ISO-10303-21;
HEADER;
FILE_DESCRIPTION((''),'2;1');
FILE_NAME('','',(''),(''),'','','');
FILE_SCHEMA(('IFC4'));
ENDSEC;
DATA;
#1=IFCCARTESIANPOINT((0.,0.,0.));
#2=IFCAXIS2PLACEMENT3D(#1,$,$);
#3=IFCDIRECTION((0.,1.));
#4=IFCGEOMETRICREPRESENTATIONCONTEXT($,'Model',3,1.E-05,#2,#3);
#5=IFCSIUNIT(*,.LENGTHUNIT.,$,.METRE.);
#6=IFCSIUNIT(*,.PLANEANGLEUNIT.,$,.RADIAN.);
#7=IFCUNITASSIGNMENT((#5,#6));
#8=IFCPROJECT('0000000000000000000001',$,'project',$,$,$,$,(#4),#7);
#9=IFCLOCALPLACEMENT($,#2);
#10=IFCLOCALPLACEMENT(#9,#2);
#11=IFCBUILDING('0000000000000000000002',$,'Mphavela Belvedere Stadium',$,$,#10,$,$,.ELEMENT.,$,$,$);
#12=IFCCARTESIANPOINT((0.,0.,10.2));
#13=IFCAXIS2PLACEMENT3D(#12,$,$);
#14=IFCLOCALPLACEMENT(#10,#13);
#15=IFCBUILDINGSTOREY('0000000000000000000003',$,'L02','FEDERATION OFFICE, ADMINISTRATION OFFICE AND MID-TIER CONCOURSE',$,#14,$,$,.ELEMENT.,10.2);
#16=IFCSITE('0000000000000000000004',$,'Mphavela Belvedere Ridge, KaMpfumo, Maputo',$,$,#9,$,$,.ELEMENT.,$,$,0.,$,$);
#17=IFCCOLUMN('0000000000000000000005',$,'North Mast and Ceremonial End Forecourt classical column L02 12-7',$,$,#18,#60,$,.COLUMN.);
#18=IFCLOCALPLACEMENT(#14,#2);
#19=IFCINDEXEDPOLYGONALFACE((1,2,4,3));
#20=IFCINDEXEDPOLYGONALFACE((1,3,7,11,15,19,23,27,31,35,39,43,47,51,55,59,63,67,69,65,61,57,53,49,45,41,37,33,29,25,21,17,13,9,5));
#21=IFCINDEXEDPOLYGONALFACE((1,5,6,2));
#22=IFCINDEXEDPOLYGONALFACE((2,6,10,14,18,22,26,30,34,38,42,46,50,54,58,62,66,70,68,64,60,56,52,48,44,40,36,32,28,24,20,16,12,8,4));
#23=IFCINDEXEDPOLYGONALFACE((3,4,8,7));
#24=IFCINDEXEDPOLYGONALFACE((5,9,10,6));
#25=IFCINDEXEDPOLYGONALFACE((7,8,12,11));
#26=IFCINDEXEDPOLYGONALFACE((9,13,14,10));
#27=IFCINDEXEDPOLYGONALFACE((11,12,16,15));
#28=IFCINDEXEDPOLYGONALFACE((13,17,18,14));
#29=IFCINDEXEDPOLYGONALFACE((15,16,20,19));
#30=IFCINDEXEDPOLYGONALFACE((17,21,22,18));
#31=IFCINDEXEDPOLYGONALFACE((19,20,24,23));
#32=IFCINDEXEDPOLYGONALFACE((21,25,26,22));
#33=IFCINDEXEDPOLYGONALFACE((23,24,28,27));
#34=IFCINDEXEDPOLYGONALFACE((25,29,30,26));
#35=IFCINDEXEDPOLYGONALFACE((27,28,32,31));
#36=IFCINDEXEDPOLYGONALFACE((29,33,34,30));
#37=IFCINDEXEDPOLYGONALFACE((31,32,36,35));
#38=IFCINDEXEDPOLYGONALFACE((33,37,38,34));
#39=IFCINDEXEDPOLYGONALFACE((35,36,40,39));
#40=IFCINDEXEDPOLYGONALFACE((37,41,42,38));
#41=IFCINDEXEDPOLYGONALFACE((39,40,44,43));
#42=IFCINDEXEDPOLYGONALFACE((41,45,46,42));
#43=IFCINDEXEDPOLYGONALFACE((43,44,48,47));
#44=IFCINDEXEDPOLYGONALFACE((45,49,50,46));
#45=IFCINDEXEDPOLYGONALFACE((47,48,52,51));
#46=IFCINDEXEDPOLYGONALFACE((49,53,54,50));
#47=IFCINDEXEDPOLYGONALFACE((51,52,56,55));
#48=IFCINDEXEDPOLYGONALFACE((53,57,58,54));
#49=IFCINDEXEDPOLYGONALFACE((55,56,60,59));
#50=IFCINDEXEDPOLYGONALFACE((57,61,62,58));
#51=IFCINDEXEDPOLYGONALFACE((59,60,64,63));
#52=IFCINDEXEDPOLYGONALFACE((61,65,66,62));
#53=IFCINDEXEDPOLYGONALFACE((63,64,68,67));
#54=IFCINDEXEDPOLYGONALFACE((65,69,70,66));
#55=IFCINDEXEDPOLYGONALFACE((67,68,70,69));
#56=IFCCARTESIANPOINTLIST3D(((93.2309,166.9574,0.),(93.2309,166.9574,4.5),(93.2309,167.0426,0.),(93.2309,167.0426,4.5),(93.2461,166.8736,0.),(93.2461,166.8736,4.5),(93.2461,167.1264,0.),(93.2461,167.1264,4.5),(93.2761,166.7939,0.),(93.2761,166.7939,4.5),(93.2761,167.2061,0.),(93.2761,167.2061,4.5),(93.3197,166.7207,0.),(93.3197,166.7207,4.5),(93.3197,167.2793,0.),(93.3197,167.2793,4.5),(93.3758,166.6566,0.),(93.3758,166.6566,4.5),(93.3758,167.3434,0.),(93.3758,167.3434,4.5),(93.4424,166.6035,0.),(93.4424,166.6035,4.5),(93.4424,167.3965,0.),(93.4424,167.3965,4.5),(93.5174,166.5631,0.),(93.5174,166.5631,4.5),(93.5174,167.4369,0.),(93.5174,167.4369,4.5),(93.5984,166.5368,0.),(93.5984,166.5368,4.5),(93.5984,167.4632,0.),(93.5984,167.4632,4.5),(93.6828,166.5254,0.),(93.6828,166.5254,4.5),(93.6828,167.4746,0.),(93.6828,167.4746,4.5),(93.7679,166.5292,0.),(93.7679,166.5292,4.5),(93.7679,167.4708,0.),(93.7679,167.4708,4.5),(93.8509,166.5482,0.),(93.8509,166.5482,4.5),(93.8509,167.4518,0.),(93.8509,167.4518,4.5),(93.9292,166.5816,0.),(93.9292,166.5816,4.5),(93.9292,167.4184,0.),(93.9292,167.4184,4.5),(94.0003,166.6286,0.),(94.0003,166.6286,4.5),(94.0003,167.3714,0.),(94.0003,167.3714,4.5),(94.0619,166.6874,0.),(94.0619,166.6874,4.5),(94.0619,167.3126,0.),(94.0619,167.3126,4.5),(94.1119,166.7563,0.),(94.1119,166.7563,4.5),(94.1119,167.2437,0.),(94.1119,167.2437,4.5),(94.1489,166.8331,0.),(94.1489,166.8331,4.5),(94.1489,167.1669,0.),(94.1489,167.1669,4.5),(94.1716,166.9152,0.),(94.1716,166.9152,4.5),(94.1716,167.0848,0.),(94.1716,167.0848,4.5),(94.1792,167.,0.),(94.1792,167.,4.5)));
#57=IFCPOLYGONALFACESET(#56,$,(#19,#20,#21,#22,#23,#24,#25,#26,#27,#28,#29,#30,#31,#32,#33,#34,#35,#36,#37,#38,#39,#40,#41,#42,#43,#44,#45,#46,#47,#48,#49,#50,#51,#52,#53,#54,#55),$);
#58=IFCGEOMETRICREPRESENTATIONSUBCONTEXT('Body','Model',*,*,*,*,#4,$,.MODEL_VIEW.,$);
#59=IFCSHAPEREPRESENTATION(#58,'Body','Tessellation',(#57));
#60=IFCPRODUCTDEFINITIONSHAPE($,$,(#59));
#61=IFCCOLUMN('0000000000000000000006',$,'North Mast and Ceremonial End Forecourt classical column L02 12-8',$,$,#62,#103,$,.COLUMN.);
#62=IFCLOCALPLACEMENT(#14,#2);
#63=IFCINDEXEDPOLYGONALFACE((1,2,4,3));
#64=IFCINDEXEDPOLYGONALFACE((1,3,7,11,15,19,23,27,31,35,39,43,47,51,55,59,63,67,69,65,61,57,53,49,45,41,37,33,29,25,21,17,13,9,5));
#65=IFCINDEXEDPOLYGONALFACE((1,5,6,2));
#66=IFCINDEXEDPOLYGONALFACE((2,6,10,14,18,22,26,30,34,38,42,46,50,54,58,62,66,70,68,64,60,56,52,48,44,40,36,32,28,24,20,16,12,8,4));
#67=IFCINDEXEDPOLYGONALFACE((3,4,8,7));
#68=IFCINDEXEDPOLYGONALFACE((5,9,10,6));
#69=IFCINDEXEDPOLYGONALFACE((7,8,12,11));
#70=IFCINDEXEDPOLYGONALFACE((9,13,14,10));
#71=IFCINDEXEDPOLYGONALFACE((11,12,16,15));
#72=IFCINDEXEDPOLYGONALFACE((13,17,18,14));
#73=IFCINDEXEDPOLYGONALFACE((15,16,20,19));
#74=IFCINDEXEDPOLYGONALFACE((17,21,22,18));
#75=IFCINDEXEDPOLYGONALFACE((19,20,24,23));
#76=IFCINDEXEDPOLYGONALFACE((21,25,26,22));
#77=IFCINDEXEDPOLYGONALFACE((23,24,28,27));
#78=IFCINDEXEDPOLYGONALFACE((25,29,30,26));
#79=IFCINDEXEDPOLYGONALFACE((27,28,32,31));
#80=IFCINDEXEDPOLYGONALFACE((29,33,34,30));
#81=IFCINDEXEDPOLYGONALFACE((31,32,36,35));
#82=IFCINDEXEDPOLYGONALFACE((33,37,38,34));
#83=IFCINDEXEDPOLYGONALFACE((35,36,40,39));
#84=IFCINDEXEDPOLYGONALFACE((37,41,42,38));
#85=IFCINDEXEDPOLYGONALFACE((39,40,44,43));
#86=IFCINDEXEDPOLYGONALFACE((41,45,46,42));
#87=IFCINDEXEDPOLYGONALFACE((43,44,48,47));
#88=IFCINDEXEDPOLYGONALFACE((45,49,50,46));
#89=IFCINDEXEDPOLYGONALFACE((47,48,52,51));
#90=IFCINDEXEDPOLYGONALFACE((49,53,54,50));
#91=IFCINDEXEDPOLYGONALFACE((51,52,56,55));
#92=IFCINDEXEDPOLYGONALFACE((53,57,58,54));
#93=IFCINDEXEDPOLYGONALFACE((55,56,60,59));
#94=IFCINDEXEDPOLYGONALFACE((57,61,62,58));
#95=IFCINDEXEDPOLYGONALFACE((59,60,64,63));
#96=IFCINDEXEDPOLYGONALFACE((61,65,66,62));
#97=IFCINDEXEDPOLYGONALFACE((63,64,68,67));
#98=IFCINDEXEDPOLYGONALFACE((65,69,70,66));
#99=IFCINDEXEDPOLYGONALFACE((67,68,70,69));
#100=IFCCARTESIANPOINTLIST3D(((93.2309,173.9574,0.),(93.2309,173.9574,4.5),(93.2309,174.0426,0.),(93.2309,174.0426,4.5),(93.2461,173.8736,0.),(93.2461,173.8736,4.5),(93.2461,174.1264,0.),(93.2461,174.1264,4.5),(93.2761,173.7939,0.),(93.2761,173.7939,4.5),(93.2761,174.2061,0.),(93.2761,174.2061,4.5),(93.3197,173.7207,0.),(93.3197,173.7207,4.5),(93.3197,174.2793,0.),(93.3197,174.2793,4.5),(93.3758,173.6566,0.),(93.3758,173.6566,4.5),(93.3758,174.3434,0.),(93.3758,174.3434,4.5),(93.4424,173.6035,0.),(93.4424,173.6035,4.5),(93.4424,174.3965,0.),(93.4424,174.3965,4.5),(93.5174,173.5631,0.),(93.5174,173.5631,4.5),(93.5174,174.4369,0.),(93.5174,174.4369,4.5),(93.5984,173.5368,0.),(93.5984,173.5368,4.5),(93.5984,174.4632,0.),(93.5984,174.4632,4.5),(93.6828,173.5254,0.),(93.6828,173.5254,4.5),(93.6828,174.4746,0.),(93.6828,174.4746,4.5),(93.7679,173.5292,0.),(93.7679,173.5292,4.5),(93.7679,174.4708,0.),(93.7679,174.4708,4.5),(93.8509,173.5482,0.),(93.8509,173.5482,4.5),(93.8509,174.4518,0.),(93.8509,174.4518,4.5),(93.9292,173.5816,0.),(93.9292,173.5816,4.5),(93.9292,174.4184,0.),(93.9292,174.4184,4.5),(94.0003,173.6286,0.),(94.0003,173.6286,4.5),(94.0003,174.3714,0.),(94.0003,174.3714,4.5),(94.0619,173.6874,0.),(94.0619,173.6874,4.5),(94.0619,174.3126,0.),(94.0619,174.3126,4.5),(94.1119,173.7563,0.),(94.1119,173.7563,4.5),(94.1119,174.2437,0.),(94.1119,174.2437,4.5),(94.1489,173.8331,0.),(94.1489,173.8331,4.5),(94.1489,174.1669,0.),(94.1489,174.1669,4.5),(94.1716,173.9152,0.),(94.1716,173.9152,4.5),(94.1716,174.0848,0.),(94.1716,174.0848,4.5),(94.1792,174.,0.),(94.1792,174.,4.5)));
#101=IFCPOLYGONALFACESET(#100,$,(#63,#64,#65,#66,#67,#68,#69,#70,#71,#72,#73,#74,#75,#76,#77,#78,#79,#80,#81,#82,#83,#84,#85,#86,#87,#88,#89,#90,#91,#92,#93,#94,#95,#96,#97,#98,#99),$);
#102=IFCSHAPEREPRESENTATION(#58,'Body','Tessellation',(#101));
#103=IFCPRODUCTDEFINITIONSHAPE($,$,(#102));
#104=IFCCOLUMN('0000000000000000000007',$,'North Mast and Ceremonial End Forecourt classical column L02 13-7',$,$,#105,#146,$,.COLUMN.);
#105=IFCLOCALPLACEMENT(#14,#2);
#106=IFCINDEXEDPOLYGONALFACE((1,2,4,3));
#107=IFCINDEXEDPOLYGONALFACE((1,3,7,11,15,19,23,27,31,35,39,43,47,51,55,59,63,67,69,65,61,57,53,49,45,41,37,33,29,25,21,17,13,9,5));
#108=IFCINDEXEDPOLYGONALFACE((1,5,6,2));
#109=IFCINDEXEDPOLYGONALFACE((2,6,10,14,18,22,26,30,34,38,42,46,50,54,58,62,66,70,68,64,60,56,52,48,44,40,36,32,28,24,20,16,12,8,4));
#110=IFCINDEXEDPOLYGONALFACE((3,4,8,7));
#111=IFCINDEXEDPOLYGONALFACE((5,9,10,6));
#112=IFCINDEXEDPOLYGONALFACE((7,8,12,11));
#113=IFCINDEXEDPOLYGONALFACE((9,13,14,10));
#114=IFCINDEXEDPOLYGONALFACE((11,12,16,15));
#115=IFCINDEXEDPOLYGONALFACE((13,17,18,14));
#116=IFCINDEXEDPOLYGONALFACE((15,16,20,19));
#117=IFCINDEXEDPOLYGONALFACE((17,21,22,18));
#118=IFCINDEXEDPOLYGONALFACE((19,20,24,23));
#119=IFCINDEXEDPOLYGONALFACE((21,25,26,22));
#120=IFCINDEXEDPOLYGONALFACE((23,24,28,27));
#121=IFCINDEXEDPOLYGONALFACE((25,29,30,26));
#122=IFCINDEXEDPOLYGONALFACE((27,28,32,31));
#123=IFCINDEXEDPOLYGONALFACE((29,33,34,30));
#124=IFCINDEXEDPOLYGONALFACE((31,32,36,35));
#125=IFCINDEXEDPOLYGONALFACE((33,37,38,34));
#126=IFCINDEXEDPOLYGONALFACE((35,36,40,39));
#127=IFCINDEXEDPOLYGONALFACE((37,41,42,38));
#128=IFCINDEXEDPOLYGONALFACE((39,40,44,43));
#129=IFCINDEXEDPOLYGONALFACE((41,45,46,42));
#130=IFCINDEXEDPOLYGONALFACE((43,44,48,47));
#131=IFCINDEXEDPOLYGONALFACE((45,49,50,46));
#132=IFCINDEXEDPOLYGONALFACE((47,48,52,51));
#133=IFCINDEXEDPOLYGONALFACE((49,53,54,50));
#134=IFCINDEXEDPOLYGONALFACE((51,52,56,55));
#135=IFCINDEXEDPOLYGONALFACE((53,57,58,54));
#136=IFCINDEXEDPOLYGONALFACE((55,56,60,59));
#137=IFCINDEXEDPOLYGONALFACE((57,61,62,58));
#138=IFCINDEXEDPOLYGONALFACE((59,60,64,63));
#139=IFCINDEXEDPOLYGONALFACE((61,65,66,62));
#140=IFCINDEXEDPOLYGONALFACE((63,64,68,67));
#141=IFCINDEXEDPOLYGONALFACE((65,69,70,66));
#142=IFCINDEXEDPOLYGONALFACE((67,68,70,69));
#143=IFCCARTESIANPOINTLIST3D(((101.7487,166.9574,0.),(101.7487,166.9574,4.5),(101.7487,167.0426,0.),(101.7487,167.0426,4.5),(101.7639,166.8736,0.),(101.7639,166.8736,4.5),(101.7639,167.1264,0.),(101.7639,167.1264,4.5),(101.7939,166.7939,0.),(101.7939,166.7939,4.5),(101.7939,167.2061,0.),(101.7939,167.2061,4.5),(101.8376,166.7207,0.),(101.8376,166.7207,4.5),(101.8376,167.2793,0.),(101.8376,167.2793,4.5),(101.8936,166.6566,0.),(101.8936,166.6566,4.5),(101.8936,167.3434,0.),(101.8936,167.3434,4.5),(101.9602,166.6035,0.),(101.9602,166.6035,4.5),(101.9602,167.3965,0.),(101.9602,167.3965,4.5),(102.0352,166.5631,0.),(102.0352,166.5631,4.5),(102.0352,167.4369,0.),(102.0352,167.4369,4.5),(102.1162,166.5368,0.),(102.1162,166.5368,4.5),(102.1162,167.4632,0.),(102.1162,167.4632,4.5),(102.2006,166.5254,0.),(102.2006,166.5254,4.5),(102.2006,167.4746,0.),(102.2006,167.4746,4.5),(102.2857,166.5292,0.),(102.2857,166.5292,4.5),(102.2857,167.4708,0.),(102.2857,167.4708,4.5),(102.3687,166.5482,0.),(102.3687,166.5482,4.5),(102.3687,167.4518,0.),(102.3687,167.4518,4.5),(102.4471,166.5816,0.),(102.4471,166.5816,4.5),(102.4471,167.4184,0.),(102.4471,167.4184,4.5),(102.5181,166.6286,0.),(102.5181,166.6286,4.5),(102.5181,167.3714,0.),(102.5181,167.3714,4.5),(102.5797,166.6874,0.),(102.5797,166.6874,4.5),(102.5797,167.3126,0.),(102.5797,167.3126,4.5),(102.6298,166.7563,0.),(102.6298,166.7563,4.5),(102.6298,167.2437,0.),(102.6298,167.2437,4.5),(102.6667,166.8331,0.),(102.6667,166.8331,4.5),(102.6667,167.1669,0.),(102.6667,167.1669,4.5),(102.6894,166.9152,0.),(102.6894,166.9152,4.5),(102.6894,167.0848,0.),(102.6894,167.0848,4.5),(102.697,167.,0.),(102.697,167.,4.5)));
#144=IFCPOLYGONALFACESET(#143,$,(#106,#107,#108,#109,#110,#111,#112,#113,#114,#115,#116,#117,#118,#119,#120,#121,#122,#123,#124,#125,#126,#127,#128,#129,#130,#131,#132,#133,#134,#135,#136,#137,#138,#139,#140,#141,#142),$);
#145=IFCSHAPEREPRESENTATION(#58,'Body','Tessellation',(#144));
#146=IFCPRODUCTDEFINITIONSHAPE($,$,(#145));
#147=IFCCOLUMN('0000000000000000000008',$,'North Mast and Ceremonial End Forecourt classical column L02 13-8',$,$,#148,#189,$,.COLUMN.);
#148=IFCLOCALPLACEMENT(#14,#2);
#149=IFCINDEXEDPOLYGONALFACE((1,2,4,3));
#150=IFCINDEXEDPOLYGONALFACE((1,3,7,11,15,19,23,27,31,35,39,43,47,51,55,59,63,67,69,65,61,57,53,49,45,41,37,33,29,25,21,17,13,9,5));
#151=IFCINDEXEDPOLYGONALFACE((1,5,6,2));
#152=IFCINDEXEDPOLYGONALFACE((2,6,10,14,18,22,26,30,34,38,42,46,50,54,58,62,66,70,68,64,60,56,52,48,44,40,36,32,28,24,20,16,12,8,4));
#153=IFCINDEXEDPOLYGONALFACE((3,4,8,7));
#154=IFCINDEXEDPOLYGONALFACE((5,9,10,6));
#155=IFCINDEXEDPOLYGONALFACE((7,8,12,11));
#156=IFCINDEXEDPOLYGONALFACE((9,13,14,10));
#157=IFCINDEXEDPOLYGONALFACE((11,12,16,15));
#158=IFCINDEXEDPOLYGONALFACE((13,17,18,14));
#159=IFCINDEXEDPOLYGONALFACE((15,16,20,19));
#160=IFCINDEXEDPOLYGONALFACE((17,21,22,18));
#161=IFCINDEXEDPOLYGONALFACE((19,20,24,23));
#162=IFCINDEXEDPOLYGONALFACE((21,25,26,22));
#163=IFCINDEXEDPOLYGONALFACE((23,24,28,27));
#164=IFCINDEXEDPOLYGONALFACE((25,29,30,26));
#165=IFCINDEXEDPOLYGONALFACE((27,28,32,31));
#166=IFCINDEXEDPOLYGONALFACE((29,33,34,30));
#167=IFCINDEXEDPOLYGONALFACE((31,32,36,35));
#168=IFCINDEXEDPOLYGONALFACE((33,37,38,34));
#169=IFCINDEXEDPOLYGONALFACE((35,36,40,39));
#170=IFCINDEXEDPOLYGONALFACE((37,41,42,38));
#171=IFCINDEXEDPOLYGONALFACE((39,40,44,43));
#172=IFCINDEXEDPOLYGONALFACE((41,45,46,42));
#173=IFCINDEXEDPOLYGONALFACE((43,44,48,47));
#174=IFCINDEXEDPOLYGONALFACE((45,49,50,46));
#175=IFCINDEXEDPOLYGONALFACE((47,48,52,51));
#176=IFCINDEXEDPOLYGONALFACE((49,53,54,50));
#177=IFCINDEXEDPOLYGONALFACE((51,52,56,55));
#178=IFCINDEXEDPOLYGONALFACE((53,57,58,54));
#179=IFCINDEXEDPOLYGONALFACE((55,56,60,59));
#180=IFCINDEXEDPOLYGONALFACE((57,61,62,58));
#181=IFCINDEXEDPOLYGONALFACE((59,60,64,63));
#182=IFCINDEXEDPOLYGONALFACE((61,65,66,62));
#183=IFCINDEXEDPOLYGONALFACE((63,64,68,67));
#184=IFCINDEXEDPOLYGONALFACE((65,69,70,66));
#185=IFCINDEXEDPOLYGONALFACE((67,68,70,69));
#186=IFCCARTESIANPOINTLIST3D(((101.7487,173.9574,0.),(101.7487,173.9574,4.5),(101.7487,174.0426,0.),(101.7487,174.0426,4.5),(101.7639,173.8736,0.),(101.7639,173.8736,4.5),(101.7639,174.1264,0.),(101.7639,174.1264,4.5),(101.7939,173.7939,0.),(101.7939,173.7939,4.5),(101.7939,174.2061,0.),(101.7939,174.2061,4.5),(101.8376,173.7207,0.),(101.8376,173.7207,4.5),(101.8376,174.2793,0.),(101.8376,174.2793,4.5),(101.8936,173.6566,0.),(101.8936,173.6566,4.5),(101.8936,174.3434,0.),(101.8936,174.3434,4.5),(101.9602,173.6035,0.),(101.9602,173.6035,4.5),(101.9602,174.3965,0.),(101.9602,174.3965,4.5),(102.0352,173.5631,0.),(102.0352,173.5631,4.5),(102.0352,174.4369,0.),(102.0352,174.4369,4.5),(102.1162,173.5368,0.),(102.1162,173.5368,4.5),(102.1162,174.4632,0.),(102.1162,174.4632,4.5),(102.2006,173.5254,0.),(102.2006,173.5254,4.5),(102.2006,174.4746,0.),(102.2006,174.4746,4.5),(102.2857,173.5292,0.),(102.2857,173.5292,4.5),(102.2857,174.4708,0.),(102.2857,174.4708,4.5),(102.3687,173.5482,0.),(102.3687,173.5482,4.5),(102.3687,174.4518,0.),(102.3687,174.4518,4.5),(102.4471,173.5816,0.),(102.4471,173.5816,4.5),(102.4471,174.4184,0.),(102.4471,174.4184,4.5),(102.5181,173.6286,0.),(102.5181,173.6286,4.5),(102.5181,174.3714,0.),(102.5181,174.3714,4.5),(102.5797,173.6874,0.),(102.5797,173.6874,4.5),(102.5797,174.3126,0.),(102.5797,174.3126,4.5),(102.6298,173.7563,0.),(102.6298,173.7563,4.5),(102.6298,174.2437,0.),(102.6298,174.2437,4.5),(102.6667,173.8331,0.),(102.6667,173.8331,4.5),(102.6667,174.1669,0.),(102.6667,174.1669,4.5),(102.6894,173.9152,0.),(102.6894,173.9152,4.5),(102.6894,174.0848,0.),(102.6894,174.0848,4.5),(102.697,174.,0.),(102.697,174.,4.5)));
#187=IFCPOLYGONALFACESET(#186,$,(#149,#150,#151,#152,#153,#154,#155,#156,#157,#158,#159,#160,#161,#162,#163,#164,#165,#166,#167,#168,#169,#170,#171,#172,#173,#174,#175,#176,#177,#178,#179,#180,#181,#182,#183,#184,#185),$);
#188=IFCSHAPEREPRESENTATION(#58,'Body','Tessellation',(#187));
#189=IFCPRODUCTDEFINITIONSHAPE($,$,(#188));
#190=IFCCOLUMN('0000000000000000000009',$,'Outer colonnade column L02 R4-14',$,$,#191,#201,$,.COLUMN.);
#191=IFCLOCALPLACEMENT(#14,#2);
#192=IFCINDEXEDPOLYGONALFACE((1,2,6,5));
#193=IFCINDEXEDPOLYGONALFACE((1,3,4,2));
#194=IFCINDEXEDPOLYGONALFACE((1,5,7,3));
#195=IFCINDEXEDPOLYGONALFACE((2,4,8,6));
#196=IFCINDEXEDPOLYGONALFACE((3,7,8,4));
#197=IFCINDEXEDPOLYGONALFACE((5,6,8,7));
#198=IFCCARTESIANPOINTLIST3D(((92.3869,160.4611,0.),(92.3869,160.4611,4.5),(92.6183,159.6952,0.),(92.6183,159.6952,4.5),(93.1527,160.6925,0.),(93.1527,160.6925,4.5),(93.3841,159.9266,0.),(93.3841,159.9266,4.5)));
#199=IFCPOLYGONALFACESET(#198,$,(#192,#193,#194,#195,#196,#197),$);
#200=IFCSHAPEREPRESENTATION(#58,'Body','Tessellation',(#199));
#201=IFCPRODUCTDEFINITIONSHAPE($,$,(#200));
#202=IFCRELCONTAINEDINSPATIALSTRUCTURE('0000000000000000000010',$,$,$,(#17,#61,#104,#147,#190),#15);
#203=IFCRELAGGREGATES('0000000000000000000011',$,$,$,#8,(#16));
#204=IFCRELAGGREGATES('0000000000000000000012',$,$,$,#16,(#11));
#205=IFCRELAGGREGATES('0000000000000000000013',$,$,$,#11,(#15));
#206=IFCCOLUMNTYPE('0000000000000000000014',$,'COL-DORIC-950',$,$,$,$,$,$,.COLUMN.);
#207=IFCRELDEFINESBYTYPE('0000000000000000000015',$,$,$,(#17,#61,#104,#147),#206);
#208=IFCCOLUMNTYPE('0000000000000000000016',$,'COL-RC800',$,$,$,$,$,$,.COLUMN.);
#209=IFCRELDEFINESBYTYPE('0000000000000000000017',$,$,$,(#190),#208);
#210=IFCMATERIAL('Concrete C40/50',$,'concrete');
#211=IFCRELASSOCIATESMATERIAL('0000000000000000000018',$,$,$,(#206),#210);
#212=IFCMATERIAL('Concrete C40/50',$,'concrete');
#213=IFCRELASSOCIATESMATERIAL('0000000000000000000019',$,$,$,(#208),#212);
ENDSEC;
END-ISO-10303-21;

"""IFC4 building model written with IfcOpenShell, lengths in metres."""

from ifc_helpers import new_model, si_unit, direction, frame, origin, origin_2d, place, context, subcontext, project, spatial, rectangle, circle, extrude, material, material_profile, profile_set, type_object, element, save


model = new_model("IFC4")

# Units and contexts
model_context = context("Model", 3, precision=1e-05, world=origin(), true_north=direction((0.0, 1.0)))
body_context = subcontext(model_context, "Body", "Model", "MODEL_VIEW")
ifc_project = project(units=[si_unit("LENGTHUNIT", "METRE"), si_unit("PLANEANGLEUNIT", "RADIAN")], contexts=[model_context])

# Site, building, storey
site_placement = place(None, origin())
site = spatial("IfcSite", under=ifc_project, at=site_placement, Name="Mphavela Belvedere Ridge, KaMpfumo, Maputo", CompositionType="ELEMENT", RefElevation=0.0)
building_placement = place(site_placement, origin())
building = spatial("IfcBuilding", under=site, at=building_placement, Name="Mphavela Belvedere Stadium", CompositionType="ELEMENT")
storey_placement = place(building_placement, frame((0.0, 0.0, 10.2)))
storey = spatial("IfcBuildingStorey", under=building, at=storey_placement, Name="L02", Description="FEDERATION OFFICE, ADMINISTRATION OFFICE AND MID-TIER CONCOURSE", CompositionType="ELEMENT", Elevation=10.2)

# Columns
ifc_material_1 = material(Name="Concrete C40/50", Category="concrete")
ifc_material_profile_1 = material_profile(ifc_material_1, circle(Radius=0.4751, at=origin_2d()), Name="COL D950")
ifc_profile_set_1 = profile_set([ifc_material_profile_1], Name="Concrete C40/50")
column_type_1 = type_object("IfcColumnType", Name="COL-DORIC-950", PredefinedType="COLUMN", material=ifc_profile_set_1)
for number, where, z_axis, x_axis, name in (
    (1, (93.7041, 167.0, 0.0), (0.0, 0.0, 1.0), (1.0, 0.0, 0.0), "North Mast and Ceremonial End Forecourt classical column L02 12-7"),
    (2, (93.7041, 174.0, 0.0), (0.0, 0.0, 1.0), (1.0, 0.0, 0.0), "North Mast and Ceremonial End Forecourt classical column L02 12-8"),
    (3, (102.2219, 167.0, 0.0), (0.0, 0.0, 1.0), (1.0, 0.0, 0.0), "North Mast and Ceremonial End Forecourt classical column L02 13-7"),
    (4, (102.2219, 174.0, 0.0), (0.0, 0.0, 1.0), (1.0, 0.0, 0.0), "North Mast and Ceremonial End Forecourt classical column L02 13-8"),
):
    element("IfcColumn", number, at=place(storey_placement, frame(where, z_axis=z_axis, x_axis=x_axis)), inside=storey, type_object=column_type_1, Name=name, PredefinedType="COLUMN", context=body_context, shape_type="SweptSolid", body=[
        extrude(circle(Radius=0.4751, at=origin_2d()), origin(), (0.0, 0.0, 1.0), 4.5),
    ])
ifc_material_2 = material(Name="Concrete C40/50", Category="concrete")
ifc_material_profile_2 = material_profile(ifc_material_2, rectangle(XDim=0.8, YDim=0.8, at=origin_2d()), Name="RC 800x800")
ifc_profile_set_2 = profile_set([ifc_material_profile_2], Name="Concrete C40/50")
column_type_2 = type_object("IfcColumnType", Name="COL-RC800", PredefinedType="COLUMN", material=ifc_profile_set_2)
column_placement = place(storey_placement, frame((92.8855, 160.1938, 0.0), z_axis=(0.0, 0.0, 1.0), x_axis=(-0.289199, 0.957269, 0.0)))
element("IfcColumn", 5, at=column_placement, inside=storey, type_object=column_type_2, Name="Outer colonnade column L02 R4-14", PredefinedType="COLUMN", context=body_context, shape_type="SweptSolid", body=[
    extrude(rectangle(XDim=0.8, YDim=0.8, at=origin_2d()), origin(), (0.0, 0.0, 1.0), 4.5),
])

save(model, "model.ifc")
